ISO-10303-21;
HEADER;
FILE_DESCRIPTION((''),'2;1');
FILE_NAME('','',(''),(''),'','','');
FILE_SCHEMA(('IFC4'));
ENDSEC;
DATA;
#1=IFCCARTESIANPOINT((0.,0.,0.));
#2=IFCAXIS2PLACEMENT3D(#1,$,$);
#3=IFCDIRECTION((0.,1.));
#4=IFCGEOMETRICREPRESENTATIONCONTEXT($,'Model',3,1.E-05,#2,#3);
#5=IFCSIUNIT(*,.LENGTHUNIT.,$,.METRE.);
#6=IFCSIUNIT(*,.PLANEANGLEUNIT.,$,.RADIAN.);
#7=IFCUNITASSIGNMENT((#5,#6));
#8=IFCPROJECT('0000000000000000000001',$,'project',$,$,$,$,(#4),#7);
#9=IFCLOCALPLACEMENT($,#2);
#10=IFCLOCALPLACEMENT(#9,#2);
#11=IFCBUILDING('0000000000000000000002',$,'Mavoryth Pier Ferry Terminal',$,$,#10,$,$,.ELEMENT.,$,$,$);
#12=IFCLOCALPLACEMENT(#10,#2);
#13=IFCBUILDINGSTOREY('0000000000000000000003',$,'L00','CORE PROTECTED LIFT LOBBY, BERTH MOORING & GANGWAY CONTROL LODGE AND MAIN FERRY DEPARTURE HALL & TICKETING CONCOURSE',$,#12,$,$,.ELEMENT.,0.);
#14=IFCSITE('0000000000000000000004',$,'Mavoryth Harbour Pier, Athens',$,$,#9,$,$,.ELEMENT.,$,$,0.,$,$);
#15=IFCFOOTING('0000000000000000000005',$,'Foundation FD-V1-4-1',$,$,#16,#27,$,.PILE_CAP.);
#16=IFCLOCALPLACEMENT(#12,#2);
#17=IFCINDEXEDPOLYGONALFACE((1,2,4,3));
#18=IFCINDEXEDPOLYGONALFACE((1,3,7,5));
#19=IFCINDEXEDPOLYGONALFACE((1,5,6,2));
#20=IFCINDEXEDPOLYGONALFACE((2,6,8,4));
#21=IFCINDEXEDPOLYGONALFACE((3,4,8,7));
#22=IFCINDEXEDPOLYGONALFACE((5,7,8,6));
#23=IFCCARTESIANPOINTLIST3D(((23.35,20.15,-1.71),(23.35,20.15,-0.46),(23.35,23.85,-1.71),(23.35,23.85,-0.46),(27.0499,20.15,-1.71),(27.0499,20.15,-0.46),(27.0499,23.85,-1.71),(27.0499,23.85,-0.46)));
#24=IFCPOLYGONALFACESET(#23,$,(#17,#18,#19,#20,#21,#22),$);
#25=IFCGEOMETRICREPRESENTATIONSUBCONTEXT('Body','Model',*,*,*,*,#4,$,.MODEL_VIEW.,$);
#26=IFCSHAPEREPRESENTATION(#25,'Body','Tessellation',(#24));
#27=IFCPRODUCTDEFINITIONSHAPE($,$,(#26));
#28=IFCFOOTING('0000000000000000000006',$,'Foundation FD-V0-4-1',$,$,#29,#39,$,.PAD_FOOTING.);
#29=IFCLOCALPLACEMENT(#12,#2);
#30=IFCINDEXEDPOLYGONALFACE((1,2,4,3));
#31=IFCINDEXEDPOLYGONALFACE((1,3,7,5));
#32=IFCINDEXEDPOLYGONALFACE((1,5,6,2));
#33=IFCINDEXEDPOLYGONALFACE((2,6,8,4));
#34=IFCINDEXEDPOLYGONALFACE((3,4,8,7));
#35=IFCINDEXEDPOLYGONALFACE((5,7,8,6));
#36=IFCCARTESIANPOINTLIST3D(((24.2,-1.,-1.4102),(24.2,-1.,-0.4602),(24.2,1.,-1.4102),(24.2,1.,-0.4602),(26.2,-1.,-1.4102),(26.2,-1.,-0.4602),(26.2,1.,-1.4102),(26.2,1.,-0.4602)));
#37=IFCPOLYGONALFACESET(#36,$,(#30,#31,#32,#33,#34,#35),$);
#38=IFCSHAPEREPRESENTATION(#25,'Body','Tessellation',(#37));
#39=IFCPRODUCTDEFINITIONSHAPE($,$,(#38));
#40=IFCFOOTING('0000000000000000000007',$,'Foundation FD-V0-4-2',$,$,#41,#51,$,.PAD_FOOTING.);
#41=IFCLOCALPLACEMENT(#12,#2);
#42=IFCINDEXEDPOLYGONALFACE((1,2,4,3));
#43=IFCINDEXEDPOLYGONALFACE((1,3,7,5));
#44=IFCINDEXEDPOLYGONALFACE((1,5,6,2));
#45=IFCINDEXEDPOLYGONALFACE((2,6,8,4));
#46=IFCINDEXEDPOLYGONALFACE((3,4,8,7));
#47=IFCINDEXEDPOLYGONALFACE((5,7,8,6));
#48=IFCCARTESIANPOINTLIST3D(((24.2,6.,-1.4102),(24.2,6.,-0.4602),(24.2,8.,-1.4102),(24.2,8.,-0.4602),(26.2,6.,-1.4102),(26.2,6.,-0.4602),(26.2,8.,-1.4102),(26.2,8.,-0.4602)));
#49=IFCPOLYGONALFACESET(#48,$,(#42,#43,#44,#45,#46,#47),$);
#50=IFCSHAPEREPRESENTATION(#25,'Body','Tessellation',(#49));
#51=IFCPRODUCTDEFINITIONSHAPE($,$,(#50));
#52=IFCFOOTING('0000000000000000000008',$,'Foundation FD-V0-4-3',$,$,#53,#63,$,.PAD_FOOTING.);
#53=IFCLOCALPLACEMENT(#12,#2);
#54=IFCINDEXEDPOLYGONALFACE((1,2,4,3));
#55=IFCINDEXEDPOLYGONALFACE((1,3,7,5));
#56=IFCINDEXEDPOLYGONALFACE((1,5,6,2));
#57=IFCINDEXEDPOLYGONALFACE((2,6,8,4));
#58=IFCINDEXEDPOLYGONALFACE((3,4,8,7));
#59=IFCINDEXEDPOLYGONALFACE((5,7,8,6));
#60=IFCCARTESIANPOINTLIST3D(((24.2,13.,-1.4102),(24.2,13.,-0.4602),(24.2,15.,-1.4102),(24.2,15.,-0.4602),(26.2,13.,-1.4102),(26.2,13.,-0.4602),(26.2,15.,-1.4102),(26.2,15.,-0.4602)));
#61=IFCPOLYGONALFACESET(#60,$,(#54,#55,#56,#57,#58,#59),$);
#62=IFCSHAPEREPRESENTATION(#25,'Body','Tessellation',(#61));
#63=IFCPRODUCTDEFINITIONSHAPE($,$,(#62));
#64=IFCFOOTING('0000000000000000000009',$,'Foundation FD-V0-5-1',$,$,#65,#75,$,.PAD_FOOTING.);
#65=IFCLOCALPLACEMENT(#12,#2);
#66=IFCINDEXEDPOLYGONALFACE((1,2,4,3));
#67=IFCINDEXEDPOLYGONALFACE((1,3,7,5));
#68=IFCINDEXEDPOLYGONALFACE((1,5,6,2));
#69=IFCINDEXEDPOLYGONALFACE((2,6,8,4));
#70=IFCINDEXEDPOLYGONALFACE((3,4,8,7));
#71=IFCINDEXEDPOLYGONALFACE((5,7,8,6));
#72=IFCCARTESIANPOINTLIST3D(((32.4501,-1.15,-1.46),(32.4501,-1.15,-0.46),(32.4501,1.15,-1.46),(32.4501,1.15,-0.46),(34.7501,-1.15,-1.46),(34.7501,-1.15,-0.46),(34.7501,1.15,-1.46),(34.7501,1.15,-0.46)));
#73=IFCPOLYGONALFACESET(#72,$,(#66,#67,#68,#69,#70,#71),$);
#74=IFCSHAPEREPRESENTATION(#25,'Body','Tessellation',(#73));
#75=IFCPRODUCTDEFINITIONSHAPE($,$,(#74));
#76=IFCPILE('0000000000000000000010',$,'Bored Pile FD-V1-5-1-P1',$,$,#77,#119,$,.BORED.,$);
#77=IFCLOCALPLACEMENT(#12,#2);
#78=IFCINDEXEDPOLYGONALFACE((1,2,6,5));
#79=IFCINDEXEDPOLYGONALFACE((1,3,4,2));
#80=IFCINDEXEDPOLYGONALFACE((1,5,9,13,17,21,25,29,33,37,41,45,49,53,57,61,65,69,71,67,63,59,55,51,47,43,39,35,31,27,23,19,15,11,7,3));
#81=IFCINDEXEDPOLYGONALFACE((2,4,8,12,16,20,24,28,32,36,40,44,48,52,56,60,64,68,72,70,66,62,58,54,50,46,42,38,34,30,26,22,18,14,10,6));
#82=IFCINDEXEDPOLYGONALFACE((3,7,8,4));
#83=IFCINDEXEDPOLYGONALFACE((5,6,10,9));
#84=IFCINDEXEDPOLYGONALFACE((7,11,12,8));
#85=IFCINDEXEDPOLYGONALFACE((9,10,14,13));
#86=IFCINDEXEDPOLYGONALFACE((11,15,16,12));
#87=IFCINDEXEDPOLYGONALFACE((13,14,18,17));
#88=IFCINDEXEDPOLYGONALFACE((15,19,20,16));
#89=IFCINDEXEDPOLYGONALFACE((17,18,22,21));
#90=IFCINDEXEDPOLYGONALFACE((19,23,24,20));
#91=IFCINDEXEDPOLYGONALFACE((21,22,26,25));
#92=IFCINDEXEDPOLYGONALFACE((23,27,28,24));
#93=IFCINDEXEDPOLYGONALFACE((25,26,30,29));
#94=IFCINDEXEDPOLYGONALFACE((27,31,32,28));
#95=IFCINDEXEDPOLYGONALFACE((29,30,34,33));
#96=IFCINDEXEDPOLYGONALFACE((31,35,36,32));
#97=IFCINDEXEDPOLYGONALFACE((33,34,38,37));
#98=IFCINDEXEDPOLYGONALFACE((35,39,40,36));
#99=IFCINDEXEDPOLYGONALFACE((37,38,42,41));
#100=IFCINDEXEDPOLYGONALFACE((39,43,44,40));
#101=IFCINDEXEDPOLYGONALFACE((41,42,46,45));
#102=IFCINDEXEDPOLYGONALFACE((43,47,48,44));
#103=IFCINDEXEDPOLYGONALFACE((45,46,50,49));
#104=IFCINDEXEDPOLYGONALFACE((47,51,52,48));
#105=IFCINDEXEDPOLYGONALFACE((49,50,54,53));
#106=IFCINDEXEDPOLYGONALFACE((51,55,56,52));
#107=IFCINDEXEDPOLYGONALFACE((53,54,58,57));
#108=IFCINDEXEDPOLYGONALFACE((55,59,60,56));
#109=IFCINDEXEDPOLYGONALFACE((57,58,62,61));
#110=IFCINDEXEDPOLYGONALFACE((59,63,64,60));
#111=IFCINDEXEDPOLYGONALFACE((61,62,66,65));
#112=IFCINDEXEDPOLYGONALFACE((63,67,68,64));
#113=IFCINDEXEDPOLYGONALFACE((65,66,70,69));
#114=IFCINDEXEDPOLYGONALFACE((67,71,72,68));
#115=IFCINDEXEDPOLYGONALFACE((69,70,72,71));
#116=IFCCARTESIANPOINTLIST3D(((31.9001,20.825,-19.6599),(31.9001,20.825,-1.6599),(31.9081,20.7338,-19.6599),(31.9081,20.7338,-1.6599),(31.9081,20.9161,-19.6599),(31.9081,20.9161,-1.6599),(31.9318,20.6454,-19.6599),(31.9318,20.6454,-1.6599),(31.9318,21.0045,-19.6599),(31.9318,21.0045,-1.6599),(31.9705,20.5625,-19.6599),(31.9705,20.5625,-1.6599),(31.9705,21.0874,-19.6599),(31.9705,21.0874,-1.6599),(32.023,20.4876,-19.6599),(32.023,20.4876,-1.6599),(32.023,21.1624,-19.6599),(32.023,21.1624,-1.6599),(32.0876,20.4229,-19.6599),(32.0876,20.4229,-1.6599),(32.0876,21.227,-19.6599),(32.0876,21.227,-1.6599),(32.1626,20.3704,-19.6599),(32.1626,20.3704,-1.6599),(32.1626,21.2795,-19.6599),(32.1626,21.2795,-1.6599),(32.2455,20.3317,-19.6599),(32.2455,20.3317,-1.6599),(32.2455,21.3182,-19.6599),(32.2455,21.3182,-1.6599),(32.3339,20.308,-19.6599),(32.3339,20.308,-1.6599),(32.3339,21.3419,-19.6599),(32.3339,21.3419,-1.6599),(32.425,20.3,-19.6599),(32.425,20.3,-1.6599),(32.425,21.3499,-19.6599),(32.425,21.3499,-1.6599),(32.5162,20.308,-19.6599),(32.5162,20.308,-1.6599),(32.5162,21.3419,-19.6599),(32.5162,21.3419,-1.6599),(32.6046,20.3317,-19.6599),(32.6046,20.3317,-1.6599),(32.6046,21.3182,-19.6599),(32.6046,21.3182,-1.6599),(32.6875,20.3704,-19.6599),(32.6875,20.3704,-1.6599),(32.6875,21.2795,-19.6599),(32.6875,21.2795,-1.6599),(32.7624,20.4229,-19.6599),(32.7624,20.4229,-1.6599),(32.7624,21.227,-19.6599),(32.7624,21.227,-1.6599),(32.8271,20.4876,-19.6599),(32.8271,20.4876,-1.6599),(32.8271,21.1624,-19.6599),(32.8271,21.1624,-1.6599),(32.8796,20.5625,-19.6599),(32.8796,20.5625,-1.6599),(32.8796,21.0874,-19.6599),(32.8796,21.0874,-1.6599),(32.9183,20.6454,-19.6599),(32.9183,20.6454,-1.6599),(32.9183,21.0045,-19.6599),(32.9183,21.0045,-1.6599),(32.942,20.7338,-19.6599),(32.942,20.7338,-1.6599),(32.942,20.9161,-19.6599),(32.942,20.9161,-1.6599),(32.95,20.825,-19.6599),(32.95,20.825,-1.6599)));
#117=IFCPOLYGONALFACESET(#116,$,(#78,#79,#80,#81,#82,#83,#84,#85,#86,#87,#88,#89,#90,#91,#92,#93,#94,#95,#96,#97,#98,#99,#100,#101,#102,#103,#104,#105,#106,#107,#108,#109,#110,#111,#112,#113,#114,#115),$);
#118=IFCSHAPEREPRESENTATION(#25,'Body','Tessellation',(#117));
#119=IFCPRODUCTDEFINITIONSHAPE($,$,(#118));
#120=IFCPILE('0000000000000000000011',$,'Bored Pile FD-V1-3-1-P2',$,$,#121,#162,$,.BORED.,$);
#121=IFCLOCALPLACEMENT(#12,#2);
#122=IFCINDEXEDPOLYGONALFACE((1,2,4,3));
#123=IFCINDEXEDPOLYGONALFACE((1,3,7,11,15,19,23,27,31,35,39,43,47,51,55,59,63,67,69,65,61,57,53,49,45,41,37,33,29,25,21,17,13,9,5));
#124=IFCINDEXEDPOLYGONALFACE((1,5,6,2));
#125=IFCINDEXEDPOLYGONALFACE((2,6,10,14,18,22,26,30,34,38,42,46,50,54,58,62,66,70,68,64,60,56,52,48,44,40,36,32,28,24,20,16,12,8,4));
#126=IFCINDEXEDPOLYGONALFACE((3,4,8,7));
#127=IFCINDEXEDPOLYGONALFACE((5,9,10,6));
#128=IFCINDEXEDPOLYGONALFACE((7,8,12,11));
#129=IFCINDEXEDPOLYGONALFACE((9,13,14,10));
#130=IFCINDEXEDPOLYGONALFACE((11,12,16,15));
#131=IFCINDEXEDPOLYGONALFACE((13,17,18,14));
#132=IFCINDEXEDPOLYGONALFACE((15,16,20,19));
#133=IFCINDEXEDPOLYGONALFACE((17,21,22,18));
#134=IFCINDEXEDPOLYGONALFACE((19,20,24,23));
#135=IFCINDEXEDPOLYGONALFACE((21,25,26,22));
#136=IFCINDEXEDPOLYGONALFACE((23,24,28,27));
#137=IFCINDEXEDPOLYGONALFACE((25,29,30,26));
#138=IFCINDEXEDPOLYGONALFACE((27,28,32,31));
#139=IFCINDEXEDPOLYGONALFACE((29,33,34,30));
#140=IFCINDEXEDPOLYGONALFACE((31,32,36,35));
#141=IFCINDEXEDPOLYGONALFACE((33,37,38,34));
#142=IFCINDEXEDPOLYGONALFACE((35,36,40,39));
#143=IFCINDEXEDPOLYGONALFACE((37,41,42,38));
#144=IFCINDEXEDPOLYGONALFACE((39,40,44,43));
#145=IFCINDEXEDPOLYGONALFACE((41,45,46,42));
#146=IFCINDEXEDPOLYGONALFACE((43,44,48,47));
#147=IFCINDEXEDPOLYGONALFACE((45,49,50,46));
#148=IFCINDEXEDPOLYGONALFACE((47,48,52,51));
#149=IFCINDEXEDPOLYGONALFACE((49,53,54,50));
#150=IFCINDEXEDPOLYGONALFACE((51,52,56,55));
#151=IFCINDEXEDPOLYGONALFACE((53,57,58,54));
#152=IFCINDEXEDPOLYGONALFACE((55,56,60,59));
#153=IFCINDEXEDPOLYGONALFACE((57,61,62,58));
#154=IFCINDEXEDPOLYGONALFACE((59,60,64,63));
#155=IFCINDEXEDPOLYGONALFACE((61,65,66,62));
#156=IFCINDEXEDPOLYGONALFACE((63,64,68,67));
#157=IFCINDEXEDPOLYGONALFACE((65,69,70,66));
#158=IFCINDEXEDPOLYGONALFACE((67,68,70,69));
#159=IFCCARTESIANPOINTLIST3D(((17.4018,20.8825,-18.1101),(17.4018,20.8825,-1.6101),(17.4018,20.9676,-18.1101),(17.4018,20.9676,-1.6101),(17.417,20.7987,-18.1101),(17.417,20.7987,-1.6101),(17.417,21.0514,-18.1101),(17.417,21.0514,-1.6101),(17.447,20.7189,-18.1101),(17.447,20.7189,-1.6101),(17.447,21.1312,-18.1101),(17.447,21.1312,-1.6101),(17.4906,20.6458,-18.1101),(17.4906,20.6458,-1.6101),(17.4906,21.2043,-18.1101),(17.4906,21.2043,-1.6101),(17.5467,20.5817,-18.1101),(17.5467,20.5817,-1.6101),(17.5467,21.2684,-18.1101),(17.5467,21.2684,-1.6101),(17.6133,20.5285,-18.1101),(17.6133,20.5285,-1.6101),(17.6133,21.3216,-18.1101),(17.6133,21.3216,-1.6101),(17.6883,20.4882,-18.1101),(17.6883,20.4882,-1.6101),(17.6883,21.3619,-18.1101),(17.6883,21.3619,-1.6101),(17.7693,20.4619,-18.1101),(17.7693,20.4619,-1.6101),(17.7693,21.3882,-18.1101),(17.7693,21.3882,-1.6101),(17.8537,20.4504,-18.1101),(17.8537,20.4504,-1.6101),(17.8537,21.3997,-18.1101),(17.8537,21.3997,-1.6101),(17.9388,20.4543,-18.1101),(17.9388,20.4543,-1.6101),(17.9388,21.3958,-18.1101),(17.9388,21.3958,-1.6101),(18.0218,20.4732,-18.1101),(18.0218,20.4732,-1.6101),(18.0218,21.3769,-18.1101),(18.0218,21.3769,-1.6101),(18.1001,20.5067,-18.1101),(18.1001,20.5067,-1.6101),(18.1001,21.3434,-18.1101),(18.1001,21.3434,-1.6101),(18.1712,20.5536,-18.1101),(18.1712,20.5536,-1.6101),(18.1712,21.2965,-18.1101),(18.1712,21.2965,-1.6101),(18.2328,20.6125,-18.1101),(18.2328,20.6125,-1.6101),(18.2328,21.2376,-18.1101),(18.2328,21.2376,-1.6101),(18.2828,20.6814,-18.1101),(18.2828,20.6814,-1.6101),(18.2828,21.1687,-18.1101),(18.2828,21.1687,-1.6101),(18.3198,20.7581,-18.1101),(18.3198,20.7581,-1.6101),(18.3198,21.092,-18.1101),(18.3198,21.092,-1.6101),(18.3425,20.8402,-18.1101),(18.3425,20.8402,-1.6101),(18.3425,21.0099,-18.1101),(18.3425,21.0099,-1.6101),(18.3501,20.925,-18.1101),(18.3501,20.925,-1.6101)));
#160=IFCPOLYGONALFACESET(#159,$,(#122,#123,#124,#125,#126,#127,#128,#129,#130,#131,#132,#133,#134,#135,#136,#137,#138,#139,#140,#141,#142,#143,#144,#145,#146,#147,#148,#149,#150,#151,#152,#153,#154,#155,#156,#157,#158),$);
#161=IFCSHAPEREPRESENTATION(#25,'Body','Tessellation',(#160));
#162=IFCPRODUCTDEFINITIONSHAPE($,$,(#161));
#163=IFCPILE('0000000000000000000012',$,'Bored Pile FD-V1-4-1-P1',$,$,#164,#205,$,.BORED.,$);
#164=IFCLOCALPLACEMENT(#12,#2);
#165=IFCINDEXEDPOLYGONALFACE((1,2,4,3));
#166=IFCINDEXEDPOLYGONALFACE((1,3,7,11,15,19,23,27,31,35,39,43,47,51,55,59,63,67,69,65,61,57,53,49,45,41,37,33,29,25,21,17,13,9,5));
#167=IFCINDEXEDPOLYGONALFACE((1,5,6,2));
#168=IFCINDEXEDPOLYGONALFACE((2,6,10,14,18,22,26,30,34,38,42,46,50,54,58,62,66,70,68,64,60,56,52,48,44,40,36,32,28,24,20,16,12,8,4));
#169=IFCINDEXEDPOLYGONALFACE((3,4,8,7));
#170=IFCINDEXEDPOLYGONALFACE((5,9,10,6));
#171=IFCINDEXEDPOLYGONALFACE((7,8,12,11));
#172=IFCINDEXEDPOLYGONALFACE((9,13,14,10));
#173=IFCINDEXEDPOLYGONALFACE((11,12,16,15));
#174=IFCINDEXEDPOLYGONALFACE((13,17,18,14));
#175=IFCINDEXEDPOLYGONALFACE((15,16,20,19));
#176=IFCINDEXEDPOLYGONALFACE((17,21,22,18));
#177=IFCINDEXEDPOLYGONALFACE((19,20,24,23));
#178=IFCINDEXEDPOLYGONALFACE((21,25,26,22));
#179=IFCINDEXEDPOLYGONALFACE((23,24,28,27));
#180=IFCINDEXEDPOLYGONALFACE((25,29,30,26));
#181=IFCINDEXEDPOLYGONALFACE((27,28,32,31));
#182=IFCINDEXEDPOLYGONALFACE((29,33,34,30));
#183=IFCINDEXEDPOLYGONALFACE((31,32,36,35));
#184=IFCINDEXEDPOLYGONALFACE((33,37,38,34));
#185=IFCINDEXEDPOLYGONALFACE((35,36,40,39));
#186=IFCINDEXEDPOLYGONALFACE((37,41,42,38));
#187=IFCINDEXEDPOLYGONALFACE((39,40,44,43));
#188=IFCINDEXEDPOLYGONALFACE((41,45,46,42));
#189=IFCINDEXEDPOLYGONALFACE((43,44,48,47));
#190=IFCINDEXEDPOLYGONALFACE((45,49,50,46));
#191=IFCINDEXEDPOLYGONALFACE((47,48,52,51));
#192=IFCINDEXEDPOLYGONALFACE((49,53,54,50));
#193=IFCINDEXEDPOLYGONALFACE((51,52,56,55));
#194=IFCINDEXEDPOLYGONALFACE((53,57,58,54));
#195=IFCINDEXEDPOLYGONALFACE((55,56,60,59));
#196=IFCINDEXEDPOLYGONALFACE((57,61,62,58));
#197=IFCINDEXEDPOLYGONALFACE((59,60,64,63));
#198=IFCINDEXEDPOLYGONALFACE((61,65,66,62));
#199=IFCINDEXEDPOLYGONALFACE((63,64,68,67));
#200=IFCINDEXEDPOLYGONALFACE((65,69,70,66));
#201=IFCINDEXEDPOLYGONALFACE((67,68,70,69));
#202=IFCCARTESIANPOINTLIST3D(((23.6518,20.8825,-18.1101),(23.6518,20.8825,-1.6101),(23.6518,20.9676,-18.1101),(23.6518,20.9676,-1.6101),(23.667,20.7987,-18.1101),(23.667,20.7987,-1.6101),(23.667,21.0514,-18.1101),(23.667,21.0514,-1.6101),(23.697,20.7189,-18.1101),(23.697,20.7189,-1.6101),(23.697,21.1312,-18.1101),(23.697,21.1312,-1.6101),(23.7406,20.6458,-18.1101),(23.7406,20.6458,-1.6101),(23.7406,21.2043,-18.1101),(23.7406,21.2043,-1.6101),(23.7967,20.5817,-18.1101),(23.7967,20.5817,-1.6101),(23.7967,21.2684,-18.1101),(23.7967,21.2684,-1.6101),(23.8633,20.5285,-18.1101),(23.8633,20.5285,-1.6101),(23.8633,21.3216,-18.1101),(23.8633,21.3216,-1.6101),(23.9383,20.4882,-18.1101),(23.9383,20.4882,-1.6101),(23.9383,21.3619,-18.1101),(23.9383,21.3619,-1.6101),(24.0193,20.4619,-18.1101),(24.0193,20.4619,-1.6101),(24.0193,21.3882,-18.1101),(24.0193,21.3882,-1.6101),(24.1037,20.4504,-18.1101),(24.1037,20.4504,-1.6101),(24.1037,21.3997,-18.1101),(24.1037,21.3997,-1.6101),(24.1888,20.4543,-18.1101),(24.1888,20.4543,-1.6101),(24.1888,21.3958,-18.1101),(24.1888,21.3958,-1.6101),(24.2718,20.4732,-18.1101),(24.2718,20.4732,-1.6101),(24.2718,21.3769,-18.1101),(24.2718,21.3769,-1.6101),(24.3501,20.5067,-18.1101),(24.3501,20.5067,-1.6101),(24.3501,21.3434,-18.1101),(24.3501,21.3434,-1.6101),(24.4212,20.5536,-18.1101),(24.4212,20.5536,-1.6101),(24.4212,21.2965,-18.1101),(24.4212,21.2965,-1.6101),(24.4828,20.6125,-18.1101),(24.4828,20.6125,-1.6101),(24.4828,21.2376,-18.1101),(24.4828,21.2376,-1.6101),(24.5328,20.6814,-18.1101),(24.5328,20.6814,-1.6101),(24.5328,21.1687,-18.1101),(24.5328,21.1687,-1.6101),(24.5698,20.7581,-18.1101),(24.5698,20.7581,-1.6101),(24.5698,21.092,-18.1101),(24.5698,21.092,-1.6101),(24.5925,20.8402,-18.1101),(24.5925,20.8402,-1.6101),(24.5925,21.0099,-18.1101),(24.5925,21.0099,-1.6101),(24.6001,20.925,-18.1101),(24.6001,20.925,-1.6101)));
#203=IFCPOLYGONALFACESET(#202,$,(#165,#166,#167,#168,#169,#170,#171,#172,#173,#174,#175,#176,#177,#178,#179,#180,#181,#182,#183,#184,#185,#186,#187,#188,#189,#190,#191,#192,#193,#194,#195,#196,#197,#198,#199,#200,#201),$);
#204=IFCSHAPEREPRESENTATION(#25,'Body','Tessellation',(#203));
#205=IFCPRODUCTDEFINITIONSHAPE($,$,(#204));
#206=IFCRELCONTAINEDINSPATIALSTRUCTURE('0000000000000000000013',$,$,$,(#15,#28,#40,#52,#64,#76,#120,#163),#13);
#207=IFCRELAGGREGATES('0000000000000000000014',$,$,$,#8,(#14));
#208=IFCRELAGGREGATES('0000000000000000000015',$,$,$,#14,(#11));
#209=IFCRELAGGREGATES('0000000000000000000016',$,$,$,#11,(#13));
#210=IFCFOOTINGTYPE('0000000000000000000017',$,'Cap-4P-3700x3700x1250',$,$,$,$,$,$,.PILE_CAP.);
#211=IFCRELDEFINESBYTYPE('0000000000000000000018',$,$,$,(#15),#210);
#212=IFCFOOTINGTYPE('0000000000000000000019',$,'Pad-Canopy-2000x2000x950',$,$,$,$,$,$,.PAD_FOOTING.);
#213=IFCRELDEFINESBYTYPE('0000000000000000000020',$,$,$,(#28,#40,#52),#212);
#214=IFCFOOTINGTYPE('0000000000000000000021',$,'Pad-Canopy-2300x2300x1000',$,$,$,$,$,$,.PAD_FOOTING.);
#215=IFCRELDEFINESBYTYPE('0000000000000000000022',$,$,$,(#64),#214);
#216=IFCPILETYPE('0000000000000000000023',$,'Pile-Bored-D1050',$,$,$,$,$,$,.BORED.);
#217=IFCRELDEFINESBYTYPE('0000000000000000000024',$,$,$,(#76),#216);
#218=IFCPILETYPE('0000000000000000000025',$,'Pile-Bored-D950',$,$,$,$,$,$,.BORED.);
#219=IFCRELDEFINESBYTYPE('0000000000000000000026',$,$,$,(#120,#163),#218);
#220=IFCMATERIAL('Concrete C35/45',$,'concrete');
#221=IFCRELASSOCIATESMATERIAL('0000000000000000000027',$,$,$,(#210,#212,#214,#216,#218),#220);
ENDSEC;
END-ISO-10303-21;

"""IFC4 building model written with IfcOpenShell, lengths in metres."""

from ifc_helpers import new_model, si_unit, direction, frame, origin, origin_2d, place, context, subcontext, project, spatial, rectangle, circle, extrude, material, material_profile, profile_set, type_object, element, save


model = new_model("IFC4")

# Units and contexts
model_context = context("Model", 3, precision=1e-05, world=origin(), true_north=direction((0.0, 1.0)))
body_context = subcontext(model_context, "Body", "Model", "MODEL_VIEW")
ifc_project = project(units=[si_unit("LENGTHUNIT", "METRE"), si_unit("PLANEANGLEUNIT", "RADIAN")], contexts=[model_context])

# Site, building, storey
site_placement = place(None, origin())
site = spatial("IfcSite", under=ifc_project, at=site_placement, Name="Mavoryth Harbour Pier, Athens", CompositionType="ELEMENT", RefElevation=0.0)
building_placement = place(site_placement, origin())
building = spatial("IfcBuilding", under=site, at=building_placement, Name="Mavoryth Pier Ferry Terminal", CompositionType="ELEMENT")
storey_placement = place(building_placement, origin())
storey = spatial("IfcBuildingStorey", under=building, at=storey_placement, Name="L00", Description="CORE PROTECTED LIFT LOBBY, BERTH MOORING & GANGWAY CONTROL LODGE AND MAIN FERRY DEPARTURE HALL & TICKETING CONCOURSE", CompositionType="ELEMENT", Elevation=0.0)

# Footings
ifc_material_1 = material(Name="Concrete C35/45", Category="concrete")
footing_type_1 = type_object("IfcFootingType", Name="Cap-4P-3700x3700x1250", PredefinedType="PILE_CAP", material=ifc_material_1)
footing_1_placement = place(storey_placement, frame((25.2, 22.0, -1.71), z_axis=(0.0, 0.0, 1.0), x_axis=(1.0, 0.0, 0.0)))
element("IfcFooting", 1, at=footing_1_placement, inside=storey, type_object=footing_type_1, Name="Foundation FD-V1-4-1", PredefinedType="PILE_CAP", context=body_context, shape_type="SweptSolid", body=[
    extrude(rectangle(XDim=3.7, YDim=3.7, at=origin_2d()), origin(), (0.0, 0.0, 1.0), 1.25),
])
footing_type_2 = type_object("IfcFootingType", Name="Pad-Canopy-2000x2000x950", PredefinedType="PAD_FOOTING", material=ifc_material_1)
for number, where, z_axis, x_axis, name in (
    (2, (25.2, 0.0, -1.4102), (0.0, 0.0, 1.0), (1.0, 0.0, 0.0), "Foundation FD-V0-4-1"),
    (3, (25.2, 7.0, -1.4102), (0.0, 0.0, 1.0), (1.0, 0.0, 0.0), "Foundation FD-V0-4-2"),
    (4, (25.2, 14.0, -1.4102), (0.0, 0.0, 1.0), (1.0, 0.0, 0.0), "Foundation FD-V0-4-3"),
):
    element("IfcFooting", number, at=place(storey_placement, frame(where, z_axis=z_axis, x_axis=x_axis)), inside=storey, type_object=footing_type_2, Name=name, PredefinedType="PAD_FOOTING", context=body_context, shape_type="SweptSolid", body=[
        extrude(rectangle(XDim=2.0, YDim=2.0, at=origin_2d()), origin(), (0.0, 0.0, 1.0), 0.95),
    ])
footing_type_3 = type_object("IfcFootingType", Name="Pad-Canopy-2300x2300x1000", PredefinedType="PAD_FOOTING", material=ifc_material_1)
footing_2_placement = place(storey_placement, frame((33.6001, 0.0, -1.46), z_axis=(0.0, 0.0, 1.0), x_axis=(1.0, 0.0, 0.0)))
element("IfcFooting", 5, at=footing_2_placement, inside=storey, type_object=footing_type_3, Name="Foundation FD-V0-5-1", PredefinedType="PAD_FOOTING", context=body_context, shape_type="SweptSolid", body=[
    extrude(rectangle(XDim=2.3, YDim=2.3, at=origin_2d()), origin(), (0.0, 0.0, 1.0), 1.0),
])

# Piles
ifc_material_profile_1 = material_profile(ifc_material_1, circle(Radius=0.5249, at=origin_2d()), Name="PILE D1050", Category="concrete")
ifc_profile_set_1 = profile_set([ifc_material_profile_1], Name="Concrete C35/45 - PILE D1050")
pile_type_1 = type_object("IfcPileType", Name="Pile-Bored-D1050", PredefinedType="BORED", material=ifc_profile_set_1)
pile_placement = place(storey_placement, frame((32.425, 20.825, -1.6599), z_axis=(0.0, 0.0, -1.0), x_axis=(1.0, 0.0, 0.0)))
element("IfcPile", 6, at=pile_placement, inside=storey, type_object=pile_type_1, Name="Bored Pile FD-V1-5-1-P1", PredefinedType="BORED", context=body_context, shape_type="SweptSolid", body=[
    extrude(circle(Radius=0.5249, at=origin_2d()), origin(), (0.0, 0.0, 1.0), 18.0),
])
ifc_material_profile_2 = material_profile(ifc_material_1, circle(Radius=0.4751, at=origin_2d()), Name="PILE D950", Category="concrete")
ifc_profile_set_2 = profile_set([ifc_material_profile_2], Name="Concrete C35/45 - PILE D950")
pile_type_2 = type_object("IfcPileType", Name="Pile-Bored-D950", PredefinedType="BORED", material=ifc_profile_set_2)
for number, where, z_axis, x_axis, name in (
    (7, (17.875, 20.925, -1.6101), (0.0, 0.0, -1.0), (1.0, 0.0, 0.0), "Bored Pile FD-V1-3-1-P2"),
    (8, (24.125, 20.925, -1.6101), (0.0, 0.0, -1.0), (1.0, 0.0, 0.0), "Bored Pile FD-V1-4-1-P1"),
):
    element("IfcPile", number, at=place(storey_placement, frame(where, z_axis=z_axis, x_axis=x_axis)), inside=storey, type_object=pile_type_2, Name=name, PredefinedType="BORED", context=body_context, shape_type="SweptSolid", body=[
        extrude(circle(Radius=0.4751, at=origin_2d()), origin(), (0.0, 0.0, 1.0), 16.5),
    ])

save(model, "model.ifc")
